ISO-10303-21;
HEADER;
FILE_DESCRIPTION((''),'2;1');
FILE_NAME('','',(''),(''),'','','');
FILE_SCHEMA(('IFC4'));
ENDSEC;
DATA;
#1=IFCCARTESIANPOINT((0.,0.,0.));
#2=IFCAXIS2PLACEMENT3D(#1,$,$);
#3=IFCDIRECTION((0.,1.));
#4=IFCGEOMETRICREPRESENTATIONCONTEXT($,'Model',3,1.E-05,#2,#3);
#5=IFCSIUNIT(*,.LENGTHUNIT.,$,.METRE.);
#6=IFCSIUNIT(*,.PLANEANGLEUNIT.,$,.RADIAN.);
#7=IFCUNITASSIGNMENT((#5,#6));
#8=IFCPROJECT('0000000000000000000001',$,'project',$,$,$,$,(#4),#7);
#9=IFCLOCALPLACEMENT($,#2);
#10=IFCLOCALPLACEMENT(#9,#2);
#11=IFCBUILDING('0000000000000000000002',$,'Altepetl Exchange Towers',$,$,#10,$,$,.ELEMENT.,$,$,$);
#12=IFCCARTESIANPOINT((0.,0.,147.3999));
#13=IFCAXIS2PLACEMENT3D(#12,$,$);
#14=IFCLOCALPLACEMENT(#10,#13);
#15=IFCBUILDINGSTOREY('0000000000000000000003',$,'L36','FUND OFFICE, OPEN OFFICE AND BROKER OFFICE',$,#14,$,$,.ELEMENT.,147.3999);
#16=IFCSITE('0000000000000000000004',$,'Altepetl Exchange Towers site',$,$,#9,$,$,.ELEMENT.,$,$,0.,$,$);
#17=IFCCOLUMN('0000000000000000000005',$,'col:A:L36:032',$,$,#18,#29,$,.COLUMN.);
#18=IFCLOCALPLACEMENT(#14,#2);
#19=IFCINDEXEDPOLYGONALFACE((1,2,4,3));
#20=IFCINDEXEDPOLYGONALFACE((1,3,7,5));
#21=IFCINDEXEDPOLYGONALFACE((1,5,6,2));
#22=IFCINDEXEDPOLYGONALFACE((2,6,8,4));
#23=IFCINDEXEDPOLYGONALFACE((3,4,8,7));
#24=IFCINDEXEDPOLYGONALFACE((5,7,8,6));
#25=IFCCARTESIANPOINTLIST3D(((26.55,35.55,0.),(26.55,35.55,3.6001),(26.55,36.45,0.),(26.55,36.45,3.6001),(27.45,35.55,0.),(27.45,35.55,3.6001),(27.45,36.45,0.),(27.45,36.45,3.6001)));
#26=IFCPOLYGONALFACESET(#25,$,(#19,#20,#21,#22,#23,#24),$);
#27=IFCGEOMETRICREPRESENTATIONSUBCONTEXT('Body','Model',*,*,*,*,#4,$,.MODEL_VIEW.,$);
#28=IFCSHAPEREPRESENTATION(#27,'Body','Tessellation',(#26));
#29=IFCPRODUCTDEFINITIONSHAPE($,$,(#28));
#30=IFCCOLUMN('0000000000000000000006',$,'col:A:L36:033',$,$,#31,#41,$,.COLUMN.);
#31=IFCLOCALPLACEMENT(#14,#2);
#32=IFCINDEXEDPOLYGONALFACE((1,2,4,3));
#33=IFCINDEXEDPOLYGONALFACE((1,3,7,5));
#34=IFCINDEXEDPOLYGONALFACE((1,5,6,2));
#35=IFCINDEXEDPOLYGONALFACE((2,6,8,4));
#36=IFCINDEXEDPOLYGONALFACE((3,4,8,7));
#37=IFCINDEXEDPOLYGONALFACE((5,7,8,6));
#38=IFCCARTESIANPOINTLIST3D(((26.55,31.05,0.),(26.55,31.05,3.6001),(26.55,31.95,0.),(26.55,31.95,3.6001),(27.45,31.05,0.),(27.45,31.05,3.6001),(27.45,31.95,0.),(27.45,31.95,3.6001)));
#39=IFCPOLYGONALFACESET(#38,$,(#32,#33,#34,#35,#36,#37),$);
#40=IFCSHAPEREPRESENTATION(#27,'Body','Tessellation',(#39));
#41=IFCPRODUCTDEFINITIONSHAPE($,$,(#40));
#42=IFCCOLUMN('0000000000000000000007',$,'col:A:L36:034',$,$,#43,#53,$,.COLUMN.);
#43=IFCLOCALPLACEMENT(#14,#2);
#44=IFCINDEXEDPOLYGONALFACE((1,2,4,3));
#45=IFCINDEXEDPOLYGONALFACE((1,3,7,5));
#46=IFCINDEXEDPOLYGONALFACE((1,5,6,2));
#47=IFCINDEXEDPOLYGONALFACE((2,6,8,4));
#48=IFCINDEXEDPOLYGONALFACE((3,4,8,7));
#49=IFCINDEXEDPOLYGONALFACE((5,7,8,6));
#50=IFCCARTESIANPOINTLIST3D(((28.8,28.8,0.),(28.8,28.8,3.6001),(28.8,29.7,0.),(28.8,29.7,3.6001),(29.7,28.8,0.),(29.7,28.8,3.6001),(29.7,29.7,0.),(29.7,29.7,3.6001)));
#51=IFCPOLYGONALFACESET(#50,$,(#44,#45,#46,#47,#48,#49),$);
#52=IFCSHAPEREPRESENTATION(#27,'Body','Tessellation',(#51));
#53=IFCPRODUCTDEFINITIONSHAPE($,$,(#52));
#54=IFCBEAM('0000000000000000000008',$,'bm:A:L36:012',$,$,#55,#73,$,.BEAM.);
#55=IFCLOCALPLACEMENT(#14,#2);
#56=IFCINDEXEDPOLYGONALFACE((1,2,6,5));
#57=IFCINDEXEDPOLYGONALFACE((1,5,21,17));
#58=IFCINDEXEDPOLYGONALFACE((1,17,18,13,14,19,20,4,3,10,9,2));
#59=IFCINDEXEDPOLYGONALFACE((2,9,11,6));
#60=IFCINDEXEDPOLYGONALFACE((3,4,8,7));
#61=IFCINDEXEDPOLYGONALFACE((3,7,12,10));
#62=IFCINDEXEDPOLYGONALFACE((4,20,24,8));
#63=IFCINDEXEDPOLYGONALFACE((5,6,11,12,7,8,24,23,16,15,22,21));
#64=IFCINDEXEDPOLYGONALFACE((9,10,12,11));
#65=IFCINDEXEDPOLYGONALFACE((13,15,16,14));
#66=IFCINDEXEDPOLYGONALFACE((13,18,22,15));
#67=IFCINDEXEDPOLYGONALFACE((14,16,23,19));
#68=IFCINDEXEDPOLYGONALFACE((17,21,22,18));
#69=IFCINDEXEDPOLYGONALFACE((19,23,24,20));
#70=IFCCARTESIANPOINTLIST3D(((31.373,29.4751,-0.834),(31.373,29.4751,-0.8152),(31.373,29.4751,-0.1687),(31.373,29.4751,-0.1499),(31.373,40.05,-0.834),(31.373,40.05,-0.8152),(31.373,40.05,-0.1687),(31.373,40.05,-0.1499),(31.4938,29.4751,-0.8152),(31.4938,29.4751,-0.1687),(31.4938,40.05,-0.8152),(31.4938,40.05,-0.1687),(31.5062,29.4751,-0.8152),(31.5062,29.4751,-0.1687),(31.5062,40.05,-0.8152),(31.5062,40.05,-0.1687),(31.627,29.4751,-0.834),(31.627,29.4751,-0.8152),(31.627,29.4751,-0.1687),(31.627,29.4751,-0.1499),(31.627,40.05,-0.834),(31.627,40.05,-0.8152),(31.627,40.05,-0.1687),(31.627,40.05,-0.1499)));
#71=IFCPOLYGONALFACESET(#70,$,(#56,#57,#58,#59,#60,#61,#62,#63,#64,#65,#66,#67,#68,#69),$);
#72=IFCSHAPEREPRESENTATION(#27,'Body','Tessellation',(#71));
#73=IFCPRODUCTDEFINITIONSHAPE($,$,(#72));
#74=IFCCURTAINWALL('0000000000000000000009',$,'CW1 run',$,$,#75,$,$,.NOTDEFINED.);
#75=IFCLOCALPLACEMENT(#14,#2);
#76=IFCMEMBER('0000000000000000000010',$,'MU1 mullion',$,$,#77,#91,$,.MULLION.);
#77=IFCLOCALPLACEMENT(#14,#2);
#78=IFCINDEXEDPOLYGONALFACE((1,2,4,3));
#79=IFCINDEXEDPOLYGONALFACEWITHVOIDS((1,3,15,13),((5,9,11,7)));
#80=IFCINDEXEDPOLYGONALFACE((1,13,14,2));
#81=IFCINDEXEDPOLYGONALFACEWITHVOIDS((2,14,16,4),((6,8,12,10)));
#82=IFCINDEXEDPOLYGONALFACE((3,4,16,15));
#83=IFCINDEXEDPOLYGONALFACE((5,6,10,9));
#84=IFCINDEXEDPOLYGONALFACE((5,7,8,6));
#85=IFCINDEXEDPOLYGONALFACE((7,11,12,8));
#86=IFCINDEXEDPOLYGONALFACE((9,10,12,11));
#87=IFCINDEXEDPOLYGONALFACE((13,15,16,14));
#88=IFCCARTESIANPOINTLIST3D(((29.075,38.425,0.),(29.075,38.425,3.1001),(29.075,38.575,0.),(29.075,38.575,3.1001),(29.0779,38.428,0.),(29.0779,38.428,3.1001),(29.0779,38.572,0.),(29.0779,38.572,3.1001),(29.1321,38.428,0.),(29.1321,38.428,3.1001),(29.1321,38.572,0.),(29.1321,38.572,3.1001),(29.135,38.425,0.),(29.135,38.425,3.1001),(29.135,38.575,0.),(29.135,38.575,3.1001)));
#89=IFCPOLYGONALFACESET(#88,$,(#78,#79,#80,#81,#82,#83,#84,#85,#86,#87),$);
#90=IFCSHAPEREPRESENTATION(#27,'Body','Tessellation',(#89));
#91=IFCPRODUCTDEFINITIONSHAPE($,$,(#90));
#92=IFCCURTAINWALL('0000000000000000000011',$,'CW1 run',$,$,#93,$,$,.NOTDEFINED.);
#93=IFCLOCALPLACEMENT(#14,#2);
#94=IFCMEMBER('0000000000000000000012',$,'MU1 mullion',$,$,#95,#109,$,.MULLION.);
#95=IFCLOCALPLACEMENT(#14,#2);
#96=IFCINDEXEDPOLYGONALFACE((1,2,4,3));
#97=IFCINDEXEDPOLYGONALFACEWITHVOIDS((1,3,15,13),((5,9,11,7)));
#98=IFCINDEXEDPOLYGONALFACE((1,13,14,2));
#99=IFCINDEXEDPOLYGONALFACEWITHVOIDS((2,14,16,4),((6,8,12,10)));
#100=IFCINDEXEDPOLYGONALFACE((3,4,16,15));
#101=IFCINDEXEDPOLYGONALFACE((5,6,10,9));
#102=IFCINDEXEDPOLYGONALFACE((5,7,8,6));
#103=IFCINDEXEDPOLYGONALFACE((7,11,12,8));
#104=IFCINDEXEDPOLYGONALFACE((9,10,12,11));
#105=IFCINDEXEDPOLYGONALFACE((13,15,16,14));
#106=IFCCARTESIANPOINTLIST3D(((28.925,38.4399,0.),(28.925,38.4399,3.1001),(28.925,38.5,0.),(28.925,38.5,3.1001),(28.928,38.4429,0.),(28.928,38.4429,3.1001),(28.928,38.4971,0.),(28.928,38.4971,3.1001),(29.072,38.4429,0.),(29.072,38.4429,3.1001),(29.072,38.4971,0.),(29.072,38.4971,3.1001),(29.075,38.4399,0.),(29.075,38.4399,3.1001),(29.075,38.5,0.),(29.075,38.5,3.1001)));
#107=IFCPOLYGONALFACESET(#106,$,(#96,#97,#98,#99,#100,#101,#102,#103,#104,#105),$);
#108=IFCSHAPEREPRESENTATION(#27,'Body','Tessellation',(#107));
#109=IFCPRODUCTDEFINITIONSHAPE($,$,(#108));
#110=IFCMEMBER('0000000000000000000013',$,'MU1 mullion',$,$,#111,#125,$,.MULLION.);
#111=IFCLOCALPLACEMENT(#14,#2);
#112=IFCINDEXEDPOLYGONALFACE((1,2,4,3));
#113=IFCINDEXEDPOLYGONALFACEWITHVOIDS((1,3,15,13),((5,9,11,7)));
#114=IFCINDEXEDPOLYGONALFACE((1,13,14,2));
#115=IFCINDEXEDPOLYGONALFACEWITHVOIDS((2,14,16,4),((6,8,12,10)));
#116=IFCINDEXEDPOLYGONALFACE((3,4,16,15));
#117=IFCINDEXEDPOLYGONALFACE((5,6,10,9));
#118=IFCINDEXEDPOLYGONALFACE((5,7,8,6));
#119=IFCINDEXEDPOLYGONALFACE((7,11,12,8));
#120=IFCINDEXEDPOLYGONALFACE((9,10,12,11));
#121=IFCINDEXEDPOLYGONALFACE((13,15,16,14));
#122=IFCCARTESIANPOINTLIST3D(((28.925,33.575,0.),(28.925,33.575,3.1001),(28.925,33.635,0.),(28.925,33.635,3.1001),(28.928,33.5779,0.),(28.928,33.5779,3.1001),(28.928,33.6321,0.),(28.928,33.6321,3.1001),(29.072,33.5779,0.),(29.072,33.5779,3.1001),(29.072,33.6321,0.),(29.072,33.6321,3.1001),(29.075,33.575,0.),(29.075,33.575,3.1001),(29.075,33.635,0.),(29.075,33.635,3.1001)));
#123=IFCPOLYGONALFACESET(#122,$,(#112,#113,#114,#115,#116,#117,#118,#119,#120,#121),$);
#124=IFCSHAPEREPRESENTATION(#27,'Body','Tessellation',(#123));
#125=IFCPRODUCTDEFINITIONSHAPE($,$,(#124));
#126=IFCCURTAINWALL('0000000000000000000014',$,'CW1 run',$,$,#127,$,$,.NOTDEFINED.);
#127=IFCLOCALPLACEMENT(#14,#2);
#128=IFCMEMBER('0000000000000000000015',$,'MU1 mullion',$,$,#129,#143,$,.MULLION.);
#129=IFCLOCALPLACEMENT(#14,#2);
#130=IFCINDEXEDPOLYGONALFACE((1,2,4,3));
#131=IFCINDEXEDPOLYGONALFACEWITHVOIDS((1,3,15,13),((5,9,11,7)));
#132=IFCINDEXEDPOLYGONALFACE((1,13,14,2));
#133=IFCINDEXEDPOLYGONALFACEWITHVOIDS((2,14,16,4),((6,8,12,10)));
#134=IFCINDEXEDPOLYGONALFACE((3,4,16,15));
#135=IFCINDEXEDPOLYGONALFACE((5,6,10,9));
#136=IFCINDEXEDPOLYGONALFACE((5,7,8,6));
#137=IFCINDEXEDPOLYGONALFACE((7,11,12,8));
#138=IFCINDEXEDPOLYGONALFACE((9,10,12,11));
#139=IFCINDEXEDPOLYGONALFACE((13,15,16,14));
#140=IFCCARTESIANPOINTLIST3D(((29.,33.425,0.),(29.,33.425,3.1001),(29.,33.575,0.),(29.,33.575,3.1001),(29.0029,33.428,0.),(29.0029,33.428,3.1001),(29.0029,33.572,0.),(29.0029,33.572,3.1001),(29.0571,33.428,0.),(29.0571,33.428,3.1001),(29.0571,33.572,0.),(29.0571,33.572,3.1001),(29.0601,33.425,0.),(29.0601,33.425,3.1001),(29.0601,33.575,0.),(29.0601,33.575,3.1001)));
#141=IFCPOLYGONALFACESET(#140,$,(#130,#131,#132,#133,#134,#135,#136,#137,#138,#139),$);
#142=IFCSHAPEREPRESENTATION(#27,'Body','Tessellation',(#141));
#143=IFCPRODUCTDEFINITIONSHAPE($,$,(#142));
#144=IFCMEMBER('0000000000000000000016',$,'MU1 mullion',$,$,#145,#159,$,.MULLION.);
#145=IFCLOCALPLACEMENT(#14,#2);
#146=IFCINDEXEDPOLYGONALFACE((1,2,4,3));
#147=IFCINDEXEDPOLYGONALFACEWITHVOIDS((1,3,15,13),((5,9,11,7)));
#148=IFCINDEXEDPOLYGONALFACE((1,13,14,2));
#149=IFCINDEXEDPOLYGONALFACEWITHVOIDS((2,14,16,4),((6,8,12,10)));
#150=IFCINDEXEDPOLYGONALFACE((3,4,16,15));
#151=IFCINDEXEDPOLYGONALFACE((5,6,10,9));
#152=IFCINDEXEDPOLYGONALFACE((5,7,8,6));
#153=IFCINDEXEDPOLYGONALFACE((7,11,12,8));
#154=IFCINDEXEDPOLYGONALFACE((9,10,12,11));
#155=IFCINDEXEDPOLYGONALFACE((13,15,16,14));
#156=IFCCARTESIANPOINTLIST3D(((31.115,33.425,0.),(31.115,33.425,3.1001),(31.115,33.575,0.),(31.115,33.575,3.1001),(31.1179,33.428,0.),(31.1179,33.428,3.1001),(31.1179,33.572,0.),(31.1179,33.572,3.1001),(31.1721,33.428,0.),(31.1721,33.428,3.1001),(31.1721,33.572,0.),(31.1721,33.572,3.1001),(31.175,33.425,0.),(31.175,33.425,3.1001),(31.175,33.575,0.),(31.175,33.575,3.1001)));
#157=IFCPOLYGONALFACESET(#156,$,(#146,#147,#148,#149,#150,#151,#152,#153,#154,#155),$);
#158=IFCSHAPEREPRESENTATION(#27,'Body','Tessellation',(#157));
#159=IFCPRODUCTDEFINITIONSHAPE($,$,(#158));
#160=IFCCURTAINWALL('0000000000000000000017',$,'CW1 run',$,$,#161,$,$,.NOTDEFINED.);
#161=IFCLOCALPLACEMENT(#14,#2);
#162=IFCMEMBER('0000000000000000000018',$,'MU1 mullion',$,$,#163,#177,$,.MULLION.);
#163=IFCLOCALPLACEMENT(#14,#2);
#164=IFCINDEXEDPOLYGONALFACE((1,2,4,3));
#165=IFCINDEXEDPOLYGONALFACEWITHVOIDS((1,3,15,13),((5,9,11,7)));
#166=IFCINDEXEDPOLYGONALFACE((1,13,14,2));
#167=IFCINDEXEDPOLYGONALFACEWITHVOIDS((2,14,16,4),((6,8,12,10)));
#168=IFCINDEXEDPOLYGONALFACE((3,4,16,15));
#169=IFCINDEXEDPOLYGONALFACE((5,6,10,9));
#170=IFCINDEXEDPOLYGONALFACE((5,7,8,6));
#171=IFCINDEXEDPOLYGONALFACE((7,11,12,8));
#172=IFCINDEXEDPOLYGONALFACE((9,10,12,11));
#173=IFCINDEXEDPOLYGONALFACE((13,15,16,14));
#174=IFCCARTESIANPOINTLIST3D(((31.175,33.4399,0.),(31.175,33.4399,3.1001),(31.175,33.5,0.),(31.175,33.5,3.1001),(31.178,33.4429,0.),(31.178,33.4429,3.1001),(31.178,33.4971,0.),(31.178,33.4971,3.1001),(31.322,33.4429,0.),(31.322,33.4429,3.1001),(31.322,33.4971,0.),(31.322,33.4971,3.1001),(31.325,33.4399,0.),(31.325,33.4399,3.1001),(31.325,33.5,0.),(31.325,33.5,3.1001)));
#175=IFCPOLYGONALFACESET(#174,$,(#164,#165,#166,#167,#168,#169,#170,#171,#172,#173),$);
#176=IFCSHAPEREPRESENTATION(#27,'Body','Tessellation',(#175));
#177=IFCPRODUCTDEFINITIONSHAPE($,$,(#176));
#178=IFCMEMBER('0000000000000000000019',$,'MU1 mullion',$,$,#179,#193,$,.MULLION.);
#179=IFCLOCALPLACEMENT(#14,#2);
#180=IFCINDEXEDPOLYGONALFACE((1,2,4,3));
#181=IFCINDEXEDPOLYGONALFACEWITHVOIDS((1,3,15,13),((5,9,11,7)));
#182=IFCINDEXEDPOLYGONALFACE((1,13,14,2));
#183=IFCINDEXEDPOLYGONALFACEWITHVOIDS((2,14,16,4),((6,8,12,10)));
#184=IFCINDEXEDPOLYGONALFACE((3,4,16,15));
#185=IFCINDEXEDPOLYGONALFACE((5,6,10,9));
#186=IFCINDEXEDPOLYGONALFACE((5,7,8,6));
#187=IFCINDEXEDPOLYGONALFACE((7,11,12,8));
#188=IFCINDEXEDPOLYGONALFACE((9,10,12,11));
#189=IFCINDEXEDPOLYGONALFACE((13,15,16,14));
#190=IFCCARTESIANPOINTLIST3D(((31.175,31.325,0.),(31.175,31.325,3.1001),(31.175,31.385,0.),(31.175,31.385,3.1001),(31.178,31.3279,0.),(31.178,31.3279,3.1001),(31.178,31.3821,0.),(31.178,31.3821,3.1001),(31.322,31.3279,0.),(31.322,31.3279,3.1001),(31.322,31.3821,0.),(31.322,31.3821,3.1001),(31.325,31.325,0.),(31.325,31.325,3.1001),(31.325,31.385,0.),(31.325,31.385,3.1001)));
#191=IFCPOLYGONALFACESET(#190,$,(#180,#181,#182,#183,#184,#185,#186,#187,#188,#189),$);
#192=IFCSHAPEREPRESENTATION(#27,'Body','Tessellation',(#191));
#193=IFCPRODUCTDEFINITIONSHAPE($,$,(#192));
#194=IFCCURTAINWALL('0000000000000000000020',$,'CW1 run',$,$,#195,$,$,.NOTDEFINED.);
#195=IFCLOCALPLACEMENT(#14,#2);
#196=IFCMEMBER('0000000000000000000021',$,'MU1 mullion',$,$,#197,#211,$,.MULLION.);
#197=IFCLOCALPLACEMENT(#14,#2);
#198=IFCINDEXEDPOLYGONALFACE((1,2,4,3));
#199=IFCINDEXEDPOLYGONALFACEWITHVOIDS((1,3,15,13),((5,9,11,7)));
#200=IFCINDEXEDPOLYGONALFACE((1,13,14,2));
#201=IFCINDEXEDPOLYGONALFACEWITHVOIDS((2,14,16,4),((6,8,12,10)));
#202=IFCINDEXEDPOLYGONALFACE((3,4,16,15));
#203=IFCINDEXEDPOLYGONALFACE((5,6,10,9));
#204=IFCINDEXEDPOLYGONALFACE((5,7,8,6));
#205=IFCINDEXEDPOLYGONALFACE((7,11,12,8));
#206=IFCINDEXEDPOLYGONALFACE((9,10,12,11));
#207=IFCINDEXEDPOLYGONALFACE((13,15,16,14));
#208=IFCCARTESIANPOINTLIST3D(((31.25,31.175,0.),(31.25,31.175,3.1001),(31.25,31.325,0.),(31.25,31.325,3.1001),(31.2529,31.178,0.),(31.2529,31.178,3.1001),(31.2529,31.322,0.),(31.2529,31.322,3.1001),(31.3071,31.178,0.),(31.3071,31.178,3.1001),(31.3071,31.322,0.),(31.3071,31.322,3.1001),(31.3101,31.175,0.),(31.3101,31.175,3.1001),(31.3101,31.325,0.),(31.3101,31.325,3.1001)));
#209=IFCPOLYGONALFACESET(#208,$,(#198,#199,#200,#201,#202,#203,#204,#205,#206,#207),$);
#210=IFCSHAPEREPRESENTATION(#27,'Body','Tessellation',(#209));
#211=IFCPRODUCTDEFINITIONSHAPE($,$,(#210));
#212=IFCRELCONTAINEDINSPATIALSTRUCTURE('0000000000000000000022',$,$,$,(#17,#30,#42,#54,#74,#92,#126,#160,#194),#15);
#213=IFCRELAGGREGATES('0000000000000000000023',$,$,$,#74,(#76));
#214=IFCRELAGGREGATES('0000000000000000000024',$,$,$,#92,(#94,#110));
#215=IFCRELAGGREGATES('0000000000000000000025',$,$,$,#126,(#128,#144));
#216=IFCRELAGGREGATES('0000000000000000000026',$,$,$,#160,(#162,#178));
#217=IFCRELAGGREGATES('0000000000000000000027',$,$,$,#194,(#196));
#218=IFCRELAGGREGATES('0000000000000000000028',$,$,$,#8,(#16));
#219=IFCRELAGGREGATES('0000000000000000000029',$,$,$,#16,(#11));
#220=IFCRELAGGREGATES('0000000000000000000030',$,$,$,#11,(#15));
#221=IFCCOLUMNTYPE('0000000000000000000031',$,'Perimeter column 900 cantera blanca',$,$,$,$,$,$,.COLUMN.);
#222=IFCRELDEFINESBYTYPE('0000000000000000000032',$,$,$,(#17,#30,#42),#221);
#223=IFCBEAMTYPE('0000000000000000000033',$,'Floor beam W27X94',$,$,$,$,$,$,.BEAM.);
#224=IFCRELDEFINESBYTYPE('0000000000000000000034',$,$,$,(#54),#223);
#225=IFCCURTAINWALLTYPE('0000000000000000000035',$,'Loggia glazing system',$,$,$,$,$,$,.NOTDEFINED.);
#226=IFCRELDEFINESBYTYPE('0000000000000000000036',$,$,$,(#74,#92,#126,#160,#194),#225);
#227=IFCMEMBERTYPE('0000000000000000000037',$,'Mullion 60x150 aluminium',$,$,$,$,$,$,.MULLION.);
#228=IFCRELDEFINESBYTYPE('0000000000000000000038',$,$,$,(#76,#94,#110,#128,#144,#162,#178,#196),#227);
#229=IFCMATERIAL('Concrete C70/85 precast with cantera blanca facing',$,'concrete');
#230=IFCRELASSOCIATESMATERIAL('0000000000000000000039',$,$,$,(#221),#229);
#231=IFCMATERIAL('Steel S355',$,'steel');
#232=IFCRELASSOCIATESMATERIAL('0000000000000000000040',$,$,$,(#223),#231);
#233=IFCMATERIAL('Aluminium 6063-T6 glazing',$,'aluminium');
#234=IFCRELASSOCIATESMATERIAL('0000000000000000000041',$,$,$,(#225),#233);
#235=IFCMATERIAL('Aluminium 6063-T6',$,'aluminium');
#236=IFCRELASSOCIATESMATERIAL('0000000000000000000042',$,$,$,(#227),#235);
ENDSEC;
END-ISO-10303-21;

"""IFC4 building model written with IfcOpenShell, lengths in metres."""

from ifc_helpers import new_model, si_unit, direction, frame, origin, origin_2d, place, context, subcontext, project, spatial, rectangle, hollow_rectangle, i_section, extrude, material, material_profile, profile_set, type_object, element, aggregate, save


model = new_model("IFC4")

# Units and contexts
model_context = context("Model", 3, precision=1e-05, world=origin(), true_north=direction((0.0, 1.0)))
body_context = subcontext(model_context, "Body", "Model", "MODEL_VIEW")
ifc_project = project(units=[si_unit("LENGTHUNIT", "METRE"), si_unit("PLANEANGLEUNIT", "RADIAN")], contexts=[model_context])

# Site, building, storey
site_placement = place(None, origin())
site = spatial("IfcSite", under=ifc_project, at=site_placement, Name="Altepetl Exchange Towers site", CompositionType="ELEMENT", RefElevation=0.0)
building_placement = place(site_placement, origin())
building = spatial("IfcBuilding", under=site, at=building_placement, Name="Altepetl Exchange Towers", CompositionType="ELEMENT")
storey_placement = place(building_placement, frame((0.0, 0.0, 147.3999)))
storey = spatial("IfcBuildingStorey", under=building, at=storey_placement, Name="L36", Description="FUND OFFICE, OPEN OFFICE AND BROKER OFFICE", CompositionType="ELEMENT", Elevation=147.3999)

# Columns
ifc_material_1 = material(Name="Concrete C70/85 precast with cantera blanca facing", Category="concrete")
ifc_material_profile_1 = material_profile(ifc_material_1, rectangle(XDim=0.8999, YDim=0.8999, at=origin_2d()), Name="900 x 900")
ifc_profile_set_1 = profile_set([ifc_material_profile_1], Name="Concrete C70/85 precast with cantera blanca facing")
column_type = type_object("IfcColumnType", Name="Perimeter column 900 cantera blanca", PredefinedType="COLUMN", material=ifc_profile_set_1)
for number, where, name in (
    (1, (27.0, 36.0, 0.0), "col:A:L36:032"),
    (2, (27.0, 31.5, 0.0), "col:A:L36:033"),
    (3, (29.25, 29.25, 0.0), "col:A:L36:034"),
):
    element("IfcColumn", number, at=place(storey_placement, frame(where)), inside=storey, type_object=column_type, Name=name, PredefinedType="COLUMN", context=body_context, shape_type="SweptSolid", body=[
        extrude(rectangle(XDim=0.8999, YDim=0.8999, at=origin_2d()), origin(), (0.0, 0.0, 1.0), 3.6001),
    ])

# Beam
ifc_material_2 = material(Name="Steel S355", Category="steel")
ifc_material_profile_2 = material_profile(ifc_material_2, i_section(OverallWidth=0.2539, OverallDepth=0.6841, WebThickness=0.0125, FlangeThickness=0.0188, at=origin_2d()), Name="W27X94")
ifc_profile_set_2 = profile_set([ifc_material_profile_2], Name="Steel S355")
beam_type_1 = type_object("IfcBeamType", Name="Floor beam W27X94", PredefinedType="BEAM", material=ifc_profile_set_2)
beam_1_placement = place(storey_placement, frame((31.5, 29.4751, -0.4919), z_axis=(0.0, 1.0, 0.0), x_axis=(-1.0, 0.0, 0.0)))
element("IfcBeam", 4, at=beam_1_placement, inside=storey, type_object=beam_type_1, Name="bm:A:L36:012", PredefinedType="BEAM", context=body_context, shape_type="SweptSolid", body=[
    extrude(i_section(OverallWidth=0.2539, OverallDepth=0.6841, WebThickness=0.0125, FlangeThickness=0.0188, at=origin_2d()), origin(), (0.0, 0.0, 1.0), 10.575),
])

# Curtain wall, member
ifc_material_3 = material(Name="Aluminium 6063-T6 glazing", Category="aluminium")
curtain_wall_type = type_object("IfcCurtainWallType", Name="Loggia glazing system", PredefinedType="NOTDEFINED", material=ifc_material_3)
curtain_wall_1_placement = place(storey_placement, origin())
curtain_wall_1 = element("IfcCurtainWall", 5, at=curtain_wall_1_placement, inside=storey, type_object=curtain_wall_type, Name="CW1 run", PredefinedType="NOTDEFINED")
ifc_material_4 = material(Name="Aluminium 6063-T6", Category="aluminium")
ifc_material_profile_3 = material_profile(ifc_material_4, hollow_rectangle(XDim=0.0601, YDim=0.1499, WallThickness=0.0029, at=origin_2d()), Name="Mullion 60x150 aluminium")
ifc_profile_set_3 = profile_set([ifc_material_profile_3], Name="Aluminium 6063-T6")
member_type = type_object("IfcMemberType", Name="Mullion 60x150 aluminium", PredefinedType="MULLION", material=ifc_profile_set_3)
member_1_placement = place(storey_placement, frame((29.105, 38.5, 0.0), z_axis=(0.0, 0.0, 1.0), x_axis=(-1.0, 0.0, 0.0)))
member_1 = element("IfcMember", 6, at=member_1_placement, type_object=member_type, Name="MU1 mullion", PredefinedType="MULLION", context=body_context, shape_type="SweptSolid", body=[
    extrude(hollow_rectangle(XDim=0.0601, YDim=0.1499, WallThickness=0.0029, at=origin_2d()), origin(), (0.0, 0.0, 1.0), 3.1001),
])

# Curtain walls, members
curtain_wall_2_placement = place(storey_placement, origin())
curtain_wall_2 = element("IfcCurtainWall", 7, at=curtain_wall_2_placement, inside=storey, type_object=curtain_wall_type, Name="CW1 run", PredefinedType="NOTDEFINED")
member_2_placement = place(storey_placement, frame((29.0, 38.47, 0.0), z_axis=(0.0, 0.0, 1.0), x_axis=(0.0, -1.0, 0.0)))
member_2 = element("IfcMember", 8, at=member_2_placement, type_object=member_type, Name="MU1 mullion", PredefinedType="MULLION", context=body_context, shape_type="SweptSolid", body=[
    extrude(hollow_rectangle(XDim=0.0601, YDim=0.1499, WallThickness=0.0029, at=origin_2d()), origin(), (0.0, 0.0, 1.0), 3.1001),
])
member_3_placement = place(storey_placement, frame((29.0, 33.605, 0.0), z_axis=(0.0, 0.0, 1.0), x_axis=(0.0, -1.0, 0.0)))
member_3 = element("IfcMember", 9, at=member_3_placement, type_object=member_type, Name="MU1 mullion", PredefinedType="MULLION", context=body_context, shape_type="SweptSolid", body=[
    extrude(hollow_rectangle(XDim=0.0601, YDim=0.1499, WallThickness=0.0029, at=origin_2d()), origin(), (0.0, 0.0, 1.0), 3.1001),
])
curtain_wall_3_placement = place(storey_placement, origin())
curtain_wall_3 = element("IfcCurtainWall", 10, at=curtain_wall_3_placement, inside=storey, type_object=curtain_wall_type, Name="CW1 run", PredefinedType="NOTDEFINED")
member_4_placement = place(storey_placement, frame((29.03, 33.5, 0.0)))
member_4 = element("IfcMember", 11, at=member_4_placement, type_object=member_type, Name="MU1 mullion", PredefinedType="MULLION", context=body_context, shape_type="SweptSolid", body=[
    extrude(hollow_rectangle(XDim=0.0601, YDim=0.1499, WallThickness=0.0029, at=origin_2d()), origin(), (0.0, 0.0, 1.0), 3.1001),
])
member_5_placement = place(storey_placement, frame((31.145, 33.5, 0.0)))
member_5 = element("IfcMember", 12, at=member_5_placement, type_object=member_type, Name="MU1 mullion", PredefinedType="MULLION", context=body_context, shape_type="SweptSolid", body=[
    extrude(hollow_rectangle(XDim=0.0601, YDim=0.1499, WallThickness=0.0029, at=origin_2d()), origin(), (0.0, 0.0, 1.0), 3.1001),
])
curtain_wall_4_placement = place(storey_placement, origin())
curtain_wall_4 = element("IfcCurtainWall", 13, at=curtain_wall_4_placement, inside=storey, type_object=curtain_wall_type, Name="CW1 run", PredefinedType="NOTDEFINED")
member_6_placement = place(storey_placement, frame((31.25, 33.47, 0.0), z_axis=(0.0, 0.0, 1.0), x_axis=(0.0, -1.0, 0.0)))
member_6 = element("IfcMember", 14, at=member_6_placement, type_object=member_type, Name="MU1 mullion", PredefinedType="MULLION", context=body_context, shape_type="SweptSolid", body=[
    extrude(hollow_rectangle(XDim=0.0601, YDim=0.1499, WallThickness=0.0029, at=origin_2d()), origin(), (0.0, 0.0, 1.0), 3.1001),
])
member_7_placement = place(storey_placement, frame((31.25, 31.355, 0.0), z_axis=(0.0, 0.0, 1.0), x_axis=(0.0, -1.0, 0.0)))
member_7 = element("IfcMember", 15, at=member_7_placement, type_object=member_type, Name="MU1 mullion", PredefinedType="MULLION", context=body_context, shape_type="SweptSolid", body=[
    extrude(hollow_rectangle(XDim=0.0601, YDim=0.1499, WallThickness=0.0029, at=origin_2d()), origin(), (0.0, 0.0, 1.0), 3.1001),
])
curtain_wall_5_placement = place(storey_placement, origin())
curtain_wall_5 = element("IfcCurtainWall", 16, at=curtain_wall_5_placement, inside=storey, type_object=curtain_wall_type, Name="CW1 run", PredefinedType="NOTDEFINED")
member_8_placement = place(storey_placement, frame((31.28, 31.25, 0.0)))
member_8 = element("IfcMember", 17, at=member_8_placement, type_object=member_type, Name="MU1 mullion", PredefinedType="MULLION", context=body_context, shape_type="SweptSolid", body=[
    extrude(hollow_rectangle(XDim=0.0601, YDim=0.1499, WallThickness=0.0029, at=origin_2d()), origin(), (0.0, 0.0, 1.0), 3.1001),
])

aggregate(curtain_wall_1, [member_1])
aggregate(curtain_wall_2, [member_2, member_3])
aggregate(curtain_wall_3, [member_4, member_5])
aggregate(curtain_wall_4, [member_6, member_7])
aggregate(curtain_wall_5, [member_8])

save(model, "model.ifc")
